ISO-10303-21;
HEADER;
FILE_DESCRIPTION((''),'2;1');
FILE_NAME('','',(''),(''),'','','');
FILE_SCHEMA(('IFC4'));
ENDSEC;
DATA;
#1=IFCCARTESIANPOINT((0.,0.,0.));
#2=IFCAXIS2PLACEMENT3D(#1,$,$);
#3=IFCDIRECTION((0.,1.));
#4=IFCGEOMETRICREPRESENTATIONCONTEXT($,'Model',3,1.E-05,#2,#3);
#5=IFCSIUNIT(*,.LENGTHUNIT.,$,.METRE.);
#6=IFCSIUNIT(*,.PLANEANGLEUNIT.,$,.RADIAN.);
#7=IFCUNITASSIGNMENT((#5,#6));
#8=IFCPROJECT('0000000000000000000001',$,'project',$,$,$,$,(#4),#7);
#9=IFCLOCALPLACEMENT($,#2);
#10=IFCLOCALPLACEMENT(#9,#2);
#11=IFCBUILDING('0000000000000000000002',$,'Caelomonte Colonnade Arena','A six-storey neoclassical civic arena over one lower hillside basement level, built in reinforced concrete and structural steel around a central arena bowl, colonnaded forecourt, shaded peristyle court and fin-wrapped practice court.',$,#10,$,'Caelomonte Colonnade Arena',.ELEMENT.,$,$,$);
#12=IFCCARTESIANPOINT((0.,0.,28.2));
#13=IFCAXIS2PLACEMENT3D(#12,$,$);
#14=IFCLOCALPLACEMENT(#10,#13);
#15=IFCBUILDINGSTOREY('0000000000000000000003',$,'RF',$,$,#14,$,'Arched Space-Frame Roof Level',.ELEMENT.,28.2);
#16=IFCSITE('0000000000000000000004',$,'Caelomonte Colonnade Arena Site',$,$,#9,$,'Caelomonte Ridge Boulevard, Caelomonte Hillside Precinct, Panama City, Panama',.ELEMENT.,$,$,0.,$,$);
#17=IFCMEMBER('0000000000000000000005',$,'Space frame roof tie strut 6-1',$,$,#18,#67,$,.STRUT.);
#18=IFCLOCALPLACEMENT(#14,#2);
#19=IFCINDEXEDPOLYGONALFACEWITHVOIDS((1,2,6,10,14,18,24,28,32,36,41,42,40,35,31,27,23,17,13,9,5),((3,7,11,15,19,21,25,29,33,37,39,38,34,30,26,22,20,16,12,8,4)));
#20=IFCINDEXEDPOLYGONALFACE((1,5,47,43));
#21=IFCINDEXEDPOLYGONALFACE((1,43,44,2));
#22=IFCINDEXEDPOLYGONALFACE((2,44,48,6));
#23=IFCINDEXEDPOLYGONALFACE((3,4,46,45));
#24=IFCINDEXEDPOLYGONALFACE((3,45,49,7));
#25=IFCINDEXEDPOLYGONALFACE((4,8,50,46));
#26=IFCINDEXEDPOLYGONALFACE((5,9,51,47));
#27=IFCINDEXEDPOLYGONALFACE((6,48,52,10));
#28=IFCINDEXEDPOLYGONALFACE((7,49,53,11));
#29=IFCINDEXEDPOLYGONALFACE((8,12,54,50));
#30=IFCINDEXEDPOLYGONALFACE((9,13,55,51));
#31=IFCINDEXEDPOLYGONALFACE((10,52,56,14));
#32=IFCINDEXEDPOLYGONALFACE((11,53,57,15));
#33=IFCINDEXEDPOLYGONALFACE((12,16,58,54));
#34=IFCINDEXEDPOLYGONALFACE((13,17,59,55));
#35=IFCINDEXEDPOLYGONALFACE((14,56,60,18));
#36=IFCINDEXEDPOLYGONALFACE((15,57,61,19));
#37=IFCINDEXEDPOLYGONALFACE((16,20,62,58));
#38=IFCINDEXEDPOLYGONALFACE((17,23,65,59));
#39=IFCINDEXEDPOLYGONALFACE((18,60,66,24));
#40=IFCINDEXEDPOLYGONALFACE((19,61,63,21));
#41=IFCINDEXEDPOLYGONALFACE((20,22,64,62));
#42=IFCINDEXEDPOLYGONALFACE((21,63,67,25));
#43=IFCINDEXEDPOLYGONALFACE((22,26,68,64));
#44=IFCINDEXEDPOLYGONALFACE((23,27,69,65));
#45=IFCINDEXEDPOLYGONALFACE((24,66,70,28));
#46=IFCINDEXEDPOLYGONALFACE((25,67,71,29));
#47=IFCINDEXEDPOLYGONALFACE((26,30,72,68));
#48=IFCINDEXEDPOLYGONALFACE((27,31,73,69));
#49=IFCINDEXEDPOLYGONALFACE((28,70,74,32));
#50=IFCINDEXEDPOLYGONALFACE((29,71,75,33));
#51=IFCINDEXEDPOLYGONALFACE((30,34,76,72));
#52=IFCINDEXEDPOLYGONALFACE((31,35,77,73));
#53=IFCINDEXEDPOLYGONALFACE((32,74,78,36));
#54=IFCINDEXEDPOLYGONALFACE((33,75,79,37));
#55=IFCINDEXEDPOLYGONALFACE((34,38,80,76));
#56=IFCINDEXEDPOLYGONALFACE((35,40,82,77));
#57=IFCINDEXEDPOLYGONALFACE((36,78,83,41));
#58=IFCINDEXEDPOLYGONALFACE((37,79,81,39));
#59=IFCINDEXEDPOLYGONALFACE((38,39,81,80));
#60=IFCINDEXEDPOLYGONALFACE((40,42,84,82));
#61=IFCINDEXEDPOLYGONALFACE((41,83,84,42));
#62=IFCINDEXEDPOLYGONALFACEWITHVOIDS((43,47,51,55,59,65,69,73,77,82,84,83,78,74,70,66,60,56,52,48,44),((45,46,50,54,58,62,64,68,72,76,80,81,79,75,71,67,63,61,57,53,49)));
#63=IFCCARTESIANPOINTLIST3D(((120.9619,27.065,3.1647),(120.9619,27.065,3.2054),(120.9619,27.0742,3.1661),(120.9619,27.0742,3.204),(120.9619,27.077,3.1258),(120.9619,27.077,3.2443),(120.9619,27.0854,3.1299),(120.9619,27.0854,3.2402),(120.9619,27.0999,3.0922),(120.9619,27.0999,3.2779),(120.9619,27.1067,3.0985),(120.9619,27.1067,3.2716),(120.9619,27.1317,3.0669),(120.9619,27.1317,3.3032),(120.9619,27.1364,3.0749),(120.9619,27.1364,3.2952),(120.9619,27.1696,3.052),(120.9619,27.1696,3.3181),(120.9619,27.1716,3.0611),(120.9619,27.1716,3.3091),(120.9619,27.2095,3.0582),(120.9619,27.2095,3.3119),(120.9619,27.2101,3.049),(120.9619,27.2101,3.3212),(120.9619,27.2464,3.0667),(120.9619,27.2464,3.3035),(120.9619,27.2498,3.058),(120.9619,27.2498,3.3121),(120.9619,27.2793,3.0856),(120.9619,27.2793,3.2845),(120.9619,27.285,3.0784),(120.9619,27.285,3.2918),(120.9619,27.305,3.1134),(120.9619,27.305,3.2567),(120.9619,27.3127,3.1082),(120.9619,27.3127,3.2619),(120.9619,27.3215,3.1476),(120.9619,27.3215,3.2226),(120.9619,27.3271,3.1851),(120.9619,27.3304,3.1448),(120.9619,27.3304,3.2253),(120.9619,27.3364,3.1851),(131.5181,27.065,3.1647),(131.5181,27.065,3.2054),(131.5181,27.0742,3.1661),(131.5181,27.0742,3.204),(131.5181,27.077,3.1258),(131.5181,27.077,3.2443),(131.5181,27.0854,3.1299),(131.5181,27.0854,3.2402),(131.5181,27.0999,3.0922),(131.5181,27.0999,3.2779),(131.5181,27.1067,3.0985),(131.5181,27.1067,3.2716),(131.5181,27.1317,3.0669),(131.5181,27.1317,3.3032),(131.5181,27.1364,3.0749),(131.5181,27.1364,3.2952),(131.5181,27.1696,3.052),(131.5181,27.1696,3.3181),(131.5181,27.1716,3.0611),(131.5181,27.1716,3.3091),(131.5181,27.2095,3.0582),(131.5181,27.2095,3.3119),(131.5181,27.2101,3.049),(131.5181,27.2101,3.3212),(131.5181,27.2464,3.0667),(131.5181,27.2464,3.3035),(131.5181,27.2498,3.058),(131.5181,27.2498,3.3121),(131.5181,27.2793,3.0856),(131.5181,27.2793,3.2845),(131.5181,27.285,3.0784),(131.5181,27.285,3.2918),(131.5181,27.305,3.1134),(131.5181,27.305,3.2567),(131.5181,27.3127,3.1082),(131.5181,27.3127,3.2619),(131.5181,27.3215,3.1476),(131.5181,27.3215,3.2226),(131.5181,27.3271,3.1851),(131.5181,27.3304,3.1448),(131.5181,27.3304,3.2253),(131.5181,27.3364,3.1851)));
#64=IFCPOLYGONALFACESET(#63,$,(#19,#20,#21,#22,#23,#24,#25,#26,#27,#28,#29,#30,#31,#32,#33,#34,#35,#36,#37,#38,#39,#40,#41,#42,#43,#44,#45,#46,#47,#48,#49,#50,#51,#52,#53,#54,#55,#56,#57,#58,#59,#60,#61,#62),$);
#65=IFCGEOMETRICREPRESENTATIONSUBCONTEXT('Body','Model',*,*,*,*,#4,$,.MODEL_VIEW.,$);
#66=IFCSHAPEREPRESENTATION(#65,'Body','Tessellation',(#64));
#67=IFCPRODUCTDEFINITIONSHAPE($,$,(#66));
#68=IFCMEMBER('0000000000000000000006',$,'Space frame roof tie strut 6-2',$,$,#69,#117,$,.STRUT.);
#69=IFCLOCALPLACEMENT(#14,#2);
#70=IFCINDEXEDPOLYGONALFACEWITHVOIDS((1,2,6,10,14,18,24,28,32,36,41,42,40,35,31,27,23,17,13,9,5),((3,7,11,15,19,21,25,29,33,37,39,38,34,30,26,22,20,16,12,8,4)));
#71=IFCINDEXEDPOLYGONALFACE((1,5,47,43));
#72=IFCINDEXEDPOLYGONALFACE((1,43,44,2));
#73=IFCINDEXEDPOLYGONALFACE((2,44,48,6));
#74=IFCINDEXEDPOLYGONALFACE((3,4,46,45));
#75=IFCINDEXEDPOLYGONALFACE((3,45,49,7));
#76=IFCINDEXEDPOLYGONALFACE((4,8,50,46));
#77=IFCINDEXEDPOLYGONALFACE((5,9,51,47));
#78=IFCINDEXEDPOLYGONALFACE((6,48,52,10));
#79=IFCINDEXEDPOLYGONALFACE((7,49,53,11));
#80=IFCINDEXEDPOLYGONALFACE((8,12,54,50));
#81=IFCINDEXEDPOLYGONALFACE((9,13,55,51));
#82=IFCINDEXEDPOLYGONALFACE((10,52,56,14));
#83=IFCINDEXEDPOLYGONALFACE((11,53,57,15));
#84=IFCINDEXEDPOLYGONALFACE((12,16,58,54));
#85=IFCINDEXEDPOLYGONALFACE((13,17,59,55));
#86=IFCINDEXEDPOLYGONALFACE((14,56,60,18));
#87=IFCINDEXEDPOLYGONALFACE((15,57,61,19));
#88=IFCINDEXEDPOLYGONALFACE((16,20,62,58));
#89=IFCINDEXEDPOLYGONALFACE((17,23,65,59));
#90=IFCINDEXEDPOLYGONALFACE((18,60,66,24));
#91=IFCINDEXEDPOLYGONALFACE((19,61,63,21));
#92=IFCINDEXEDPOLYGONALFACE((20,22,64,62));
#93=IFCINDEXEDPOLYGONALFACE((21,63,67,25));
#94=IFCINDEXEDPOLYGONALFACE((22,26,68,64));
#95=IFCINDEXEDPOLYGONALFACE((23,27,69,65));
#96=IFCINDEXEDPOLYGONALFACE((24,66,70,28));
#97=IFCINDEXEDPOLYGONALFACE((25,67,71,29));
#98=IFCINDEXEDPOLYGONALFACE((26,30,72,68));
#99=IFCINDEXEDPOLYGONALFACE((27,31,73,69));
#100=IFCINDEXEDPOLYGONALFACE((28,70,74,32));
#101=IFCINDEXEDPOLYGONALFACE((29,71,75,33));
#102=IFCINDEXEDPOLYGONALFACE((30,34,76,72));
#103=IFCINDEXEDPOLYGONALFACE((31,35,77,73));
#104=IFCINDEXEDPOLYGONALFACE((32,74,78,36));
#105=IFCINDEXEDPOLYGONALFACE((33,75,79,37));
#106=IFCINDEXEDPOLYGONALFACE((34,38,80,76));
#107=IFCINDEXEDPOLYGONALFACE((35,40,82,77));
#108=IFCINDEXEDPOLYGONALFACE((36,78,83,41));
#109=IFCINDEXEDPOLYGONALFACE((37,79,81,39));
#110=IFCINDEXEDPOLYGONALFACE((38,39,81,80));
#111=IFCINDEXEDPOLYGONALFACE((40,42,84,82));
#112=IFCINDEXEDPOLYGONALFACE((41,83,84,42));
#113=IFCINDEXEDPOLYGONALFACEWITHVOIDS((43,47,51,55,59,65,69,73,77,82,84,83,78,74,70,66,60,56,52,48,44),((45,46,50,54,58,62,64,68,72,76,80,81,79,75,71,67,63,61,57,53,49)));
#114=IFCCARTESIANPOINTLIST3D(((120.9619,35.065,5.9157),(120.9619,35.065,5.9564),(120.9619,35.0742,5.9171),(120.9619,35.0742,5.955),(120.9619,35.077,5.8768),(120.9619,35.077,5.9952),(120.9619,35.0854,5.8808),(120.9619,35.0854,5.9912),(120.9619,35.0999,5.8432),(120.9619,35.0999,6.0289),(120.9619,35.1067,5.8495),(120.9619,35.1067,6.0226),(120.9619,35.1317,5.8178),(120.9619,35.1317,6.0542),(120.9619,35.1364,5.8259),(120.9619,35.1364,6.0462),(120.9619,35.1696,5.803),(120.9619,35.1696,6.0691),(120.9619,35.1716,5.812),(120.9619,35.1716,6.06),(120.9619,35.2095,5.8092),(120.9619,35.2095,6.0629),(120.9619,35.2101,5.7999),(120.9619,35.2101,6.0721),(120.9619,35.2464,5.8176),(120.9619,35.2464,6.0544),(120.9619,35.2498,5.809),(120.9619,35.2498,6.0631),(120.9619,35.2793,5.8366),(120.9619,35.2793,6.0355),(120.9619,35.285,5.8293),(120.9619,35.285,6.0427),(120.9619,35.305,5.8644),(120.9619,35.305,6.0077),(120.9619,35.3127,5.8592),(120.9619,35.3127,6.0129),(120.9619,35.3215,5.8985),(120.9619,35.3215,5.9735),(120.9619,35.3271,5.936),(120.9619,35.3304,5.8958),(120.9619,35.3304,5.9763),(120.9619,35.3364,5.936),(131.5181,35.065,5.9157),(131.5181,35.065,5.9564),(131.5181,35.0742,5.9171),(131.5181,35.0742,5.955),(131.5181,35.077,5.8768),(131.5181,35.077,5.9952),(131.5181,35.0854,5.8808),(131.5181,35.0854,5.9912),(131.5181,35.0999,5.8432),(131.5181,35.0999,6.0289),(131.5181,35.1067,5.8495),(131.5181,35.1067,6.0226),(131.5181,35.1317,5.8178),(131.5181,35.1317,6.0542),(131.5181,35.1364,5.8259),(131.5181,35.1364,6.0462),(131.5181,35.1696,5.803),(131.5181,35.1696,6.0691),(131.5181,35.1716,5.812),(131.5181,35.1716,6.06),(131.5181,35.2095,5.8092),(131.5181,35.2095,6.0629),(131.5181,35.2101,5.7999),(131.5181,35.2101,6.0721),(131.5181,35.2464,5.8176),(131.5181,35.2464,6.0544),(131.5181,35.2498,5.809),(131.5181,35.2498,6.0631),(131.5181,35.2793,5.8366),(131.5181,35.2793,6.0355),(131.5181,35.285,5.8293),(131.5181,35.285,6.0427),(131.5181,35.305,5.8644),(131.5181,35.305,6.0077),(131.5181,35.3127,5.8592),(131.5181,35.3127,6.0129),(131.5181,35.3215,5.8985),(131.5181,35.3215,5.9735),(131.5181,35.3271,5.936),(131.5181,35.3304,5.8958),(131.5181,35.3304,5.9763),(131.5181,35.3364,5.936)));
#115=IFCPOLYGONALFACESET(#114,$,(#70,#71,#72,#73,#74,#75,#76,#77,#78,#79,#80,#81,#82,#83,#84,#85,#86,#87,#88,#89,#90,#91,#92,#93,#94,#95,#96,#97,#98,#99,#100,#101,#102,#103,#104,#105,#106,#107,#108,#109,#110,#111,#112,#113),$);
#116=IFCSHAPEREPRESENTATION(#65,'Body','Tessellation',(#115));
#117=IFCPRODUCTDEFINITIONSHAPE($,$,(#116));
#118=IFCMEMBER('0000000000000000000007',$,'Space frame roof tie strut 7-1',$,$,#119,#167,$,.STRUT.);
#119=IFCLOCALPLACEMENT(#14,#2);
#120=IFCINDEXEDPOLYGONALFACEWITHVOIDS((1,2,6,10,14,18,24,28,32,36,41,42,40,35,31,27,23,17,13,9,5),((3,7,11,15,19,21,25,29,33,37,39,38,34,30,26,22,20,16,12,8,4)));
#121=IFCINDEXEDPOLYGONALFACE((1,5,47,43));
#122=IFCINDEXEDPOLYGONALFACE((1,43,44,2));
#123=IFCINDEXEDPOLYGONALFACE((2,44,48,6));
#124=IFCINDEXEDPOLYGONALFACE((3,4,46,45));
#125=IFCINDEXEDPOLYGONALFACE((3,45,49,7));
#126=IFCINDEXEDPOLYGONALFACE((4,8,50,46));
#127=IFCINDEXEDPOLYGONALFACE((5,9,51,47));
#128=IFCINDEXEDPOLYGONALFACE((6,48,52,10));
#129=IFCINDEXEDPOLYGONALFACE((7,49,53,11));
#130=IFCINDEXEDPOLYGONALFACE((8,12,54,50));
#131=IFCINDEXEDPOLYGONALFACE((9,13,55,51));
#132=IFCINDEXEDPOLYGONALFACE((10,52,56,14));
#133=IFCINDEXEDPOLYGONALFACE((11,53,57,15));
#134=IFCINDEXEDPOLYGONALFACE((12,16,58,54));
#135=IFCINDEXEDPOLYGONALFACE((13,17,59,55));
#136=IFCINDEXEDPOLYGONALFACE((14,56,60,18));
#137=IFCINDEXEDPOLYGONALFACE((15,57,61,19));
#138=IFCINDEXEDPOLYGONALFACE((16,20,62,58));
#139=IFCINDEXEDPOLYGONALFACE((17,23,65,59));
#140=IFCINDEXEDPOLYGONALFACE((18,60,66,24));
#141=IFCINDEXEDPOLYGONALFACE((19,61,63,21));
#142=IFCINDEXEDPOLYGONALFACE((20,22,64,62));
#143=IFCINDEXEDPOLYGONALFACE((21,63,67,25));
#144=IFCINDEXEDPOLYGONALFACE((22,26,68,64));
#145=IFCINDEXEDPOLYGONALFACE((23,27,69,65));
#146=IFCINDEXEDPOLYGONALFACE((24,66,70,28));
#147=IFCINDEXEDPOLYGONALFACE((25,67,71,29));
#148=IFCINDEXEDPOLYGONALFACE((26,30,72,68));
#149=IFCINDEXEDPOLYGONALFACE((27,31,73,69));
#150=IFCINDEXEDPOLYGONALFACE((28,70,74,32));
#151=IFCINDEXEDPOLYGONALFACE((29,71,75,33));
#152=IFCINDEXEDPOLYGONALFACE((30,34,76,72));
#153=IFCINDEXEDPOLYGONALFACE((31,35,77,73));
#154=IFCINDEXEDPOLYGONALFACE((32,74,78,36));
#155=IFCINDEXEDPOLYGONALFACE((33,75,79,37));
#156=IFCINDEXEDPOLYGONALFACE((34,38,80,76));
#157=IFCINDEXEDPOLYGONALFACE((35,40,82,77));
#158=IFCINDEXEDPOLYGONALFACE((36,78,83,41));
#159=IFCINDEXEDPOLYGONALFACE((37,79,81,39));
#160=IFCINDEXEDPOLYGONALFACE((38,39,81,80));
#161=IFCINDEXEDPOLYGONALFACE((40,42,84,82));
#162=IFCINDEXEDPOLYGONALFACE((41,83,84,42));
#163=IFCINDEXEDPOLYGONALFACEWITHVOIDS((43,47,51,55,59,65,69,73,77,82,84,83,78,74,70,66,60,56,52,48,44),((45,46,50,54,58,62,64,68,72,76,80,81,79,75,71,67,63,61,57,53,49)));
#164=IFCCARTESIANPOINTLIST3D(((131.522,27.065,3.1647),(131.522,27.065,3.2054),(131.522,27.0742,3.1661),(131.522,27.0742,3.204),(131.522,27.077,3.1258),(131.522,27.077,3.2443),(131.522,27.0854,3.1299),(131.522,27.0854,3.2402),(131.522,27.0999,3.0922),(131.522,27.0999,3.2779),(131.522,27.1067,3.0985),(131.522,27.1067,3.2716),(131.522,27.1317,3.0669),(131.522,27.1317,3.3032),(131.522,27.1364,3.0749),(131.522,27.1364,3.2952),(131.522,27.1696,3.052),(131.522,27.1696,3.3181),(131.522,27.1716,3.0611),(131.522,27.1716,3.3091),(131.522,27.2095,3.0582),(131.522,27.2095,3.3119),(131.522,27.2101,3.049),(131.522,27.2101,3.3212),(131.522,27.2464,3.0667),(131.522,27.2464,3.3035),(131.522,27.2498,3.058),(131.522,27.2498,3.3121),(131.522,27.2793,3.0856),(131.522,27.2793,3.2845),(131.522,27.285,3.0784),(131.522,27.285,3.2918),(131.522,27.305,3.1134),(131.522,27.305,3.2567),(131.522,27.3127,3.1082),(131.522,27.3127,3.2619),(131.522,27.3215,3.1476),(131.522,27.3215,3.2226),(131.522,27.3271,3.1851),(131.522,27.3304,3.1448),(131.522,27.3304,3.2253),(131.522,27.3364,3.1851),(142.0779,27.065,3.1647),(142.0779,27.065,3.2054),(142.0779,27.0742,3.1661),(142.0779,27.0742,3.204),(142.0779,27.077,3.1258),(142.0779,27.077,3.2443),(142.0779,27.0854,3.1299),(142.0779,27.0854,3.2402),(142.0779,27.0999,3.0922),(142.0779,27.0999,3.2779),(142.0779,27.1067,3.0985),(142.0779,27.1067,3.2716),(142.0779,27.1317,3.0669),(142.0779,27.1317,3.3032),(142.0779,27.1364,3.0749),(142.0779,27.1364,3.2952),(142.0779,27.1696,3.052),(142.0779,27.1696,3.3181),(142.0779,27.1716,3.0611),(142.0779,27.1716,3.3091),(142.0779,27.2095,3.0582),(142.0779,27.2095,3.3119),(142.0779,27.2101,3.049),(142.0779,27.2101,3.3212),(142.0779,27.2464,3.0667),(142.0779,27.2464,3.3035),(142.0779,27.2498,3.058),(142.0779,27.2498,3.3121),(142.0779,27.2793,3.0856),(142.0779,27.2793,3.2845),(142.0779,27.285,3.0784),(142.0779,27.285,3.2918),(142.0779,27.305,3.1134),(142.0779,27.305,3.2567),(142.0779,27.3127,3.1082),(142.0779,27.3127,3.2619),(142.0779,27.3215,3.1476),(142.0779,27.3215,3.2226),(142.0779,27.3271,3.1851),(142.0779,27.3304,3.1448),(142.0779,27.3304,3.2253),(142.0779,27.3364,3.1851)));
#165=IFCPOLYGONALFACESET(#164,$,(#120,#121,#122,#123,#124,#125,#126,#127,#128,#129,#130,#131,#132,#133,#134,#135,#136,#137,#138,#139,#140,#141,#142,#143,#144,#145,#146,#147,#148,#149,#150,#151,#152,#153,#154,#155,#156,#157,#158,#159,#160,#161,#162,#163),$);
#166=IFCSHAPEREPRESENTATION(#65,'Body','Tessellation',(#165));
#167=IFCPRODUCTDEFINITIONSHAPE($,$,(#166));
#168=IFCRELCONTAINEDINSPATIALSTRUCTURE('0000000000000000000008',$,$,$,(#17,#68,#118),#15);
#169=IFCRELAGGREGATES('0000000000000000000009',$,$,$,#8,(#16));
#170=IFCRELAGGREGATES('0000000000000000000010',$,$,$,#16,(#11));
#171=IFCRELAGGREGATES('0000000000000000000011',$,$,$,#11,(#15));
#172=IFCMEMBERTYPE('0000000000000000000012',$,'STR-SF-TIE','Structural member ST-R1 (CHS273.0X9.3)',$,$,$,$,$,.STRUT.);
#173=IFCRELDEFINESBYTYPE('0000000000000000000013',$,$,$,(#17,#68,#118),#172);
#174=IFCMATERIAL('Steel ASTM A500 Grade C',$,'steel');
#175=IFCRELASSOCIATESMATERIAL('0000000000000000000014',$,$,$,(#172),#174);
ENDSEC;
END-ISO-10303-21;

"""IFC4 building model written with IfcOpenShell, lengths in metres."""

from ifc_helpers import new_model, si_unit, direction, frame, origin, origin_2d, place, context, subcontext, project, spatial, hollow_circle, extrude, material, material_profile, profile_set, type_object, element, save


model = new_model("IFC4")

# Units and contexts
model_context = context("Model", 3, precision=1e-05, world=origin(), true_north=direction((0.0, 1.0)))
body_context = subcontext(model_context, "Body", "Model", "MODEL_VIEW")
ifc_project = project(units=[si_unit("LENGTHUNIT", "METRE"), si_unit("PLANEANGLEUNIT", "RADIAN")], contexts=[model_context])

# Site, building, storey
site_placement = place(None, origin())
site = spatial("IfcSite", under=ifc_project, at=site_placement, Name="Caelomonte Colonnade Arena Site", LongName="Caelomonte Ridge Boulevard, Caelomonte Hillside Precinct, Panama City, Panama", CompositionType="ELEMENT", RefElevation=0.0)
building_placement = place(site_placement, origin())
building = spatial("IfcBuilding", under=site, at=building_placement, Name="Caelomonte Colonnade Arena", Description="A six-storey neoclassical civic arena over one lower hillside basement level, built in reinforced concrete and structural steel around a central arena bowl, colonnaded forecourt, shaded peristyle court and fin-wrapped practice court.", LongName="Caelomonte Colonnade Arena", CompositionType="ELEMENT")
storey_placement = place(building_placement, frame((0.0, 0.0, 28.2)))
storey = spatial("IfcBuildingStorey", under=building, at=storey_placement, Name="RF", LongName="Arched Space-Frame Roof Level", CompositionType="ELEMENT", Elevation=28.2)

# Members
ifc_material_1 = material(Name="Steel ASTM A500 Grade C", Category="steel")
ifc_material_profile_1 = material_profile(ifc_material_1, hollow_circle(Radius=0.1365, WallThickness=0.0093, at=origin_2d()), Name="CHS273.0X9.3")
ifc_profile_set_1 = profile_set([ifc_material_profile_1], Name="Steel ASTM A500 Grade C")
member_type_1 = type_object("IfcMemberType", Name="STR-SF-TIE", Description="Structural member ST-R1 (CHS273.0X9.3)", PredefinedType="STRUT", material=ifc_profile_set_1)
for number, where, z_axis, x_axis, name in (
    (1, (120.9619, 27.2, 3.1851), (1.0, 0.0, 0.0), (0.0, 1.0, 0.0), "Space frame roof tie strut 6-1"),
    (2, (120.9619, 35.2, 5.936), (1.0, 0.0, 0.0), (0.0, 1.0, 0.0), "Space frame roof tie strut 6-2"),
):
    element("IfcMember", number, at=place(storey_placement, frame(where, z_axis=z_axis, x_axis=x_axis)), inside=storey, type_object=member_type_1, Name=name, PredefinedType="STRUT", context=body_context, shape_type="SweptSolid", body=[
        extrude(hollow_circle(Radius=0.1365, WallThickness=0.0093, at=origin_2d()), origin(), (0.0, 0.0, 1.0), 10.5562),
    ])
for number, where, z_axis, x_axis, name in (
    (3, (131.522, 27.2, 3.1851), (1.0, 0.0, 0.0), (0.0, 1.0, 0.0), "Space frame roof tie strut 7-1"),
):
    element("IfcMember", number, at=place(storey_placement, frame(where, z_axis=z_axis, x_axis=x_axis)), inside=storey, type_object=member_type_1, Name=name, PredefinedType="STRUT", context=body_context, shape_type="SweptSolid", body=[
        extrude(hollow_circle(Radius=0.1365, WallThickness=0.0093, at=origin_2d()), origin(), (0.0, 0.0, 1.0), 10.5559),
    ])

save(model, "model.ifc")
